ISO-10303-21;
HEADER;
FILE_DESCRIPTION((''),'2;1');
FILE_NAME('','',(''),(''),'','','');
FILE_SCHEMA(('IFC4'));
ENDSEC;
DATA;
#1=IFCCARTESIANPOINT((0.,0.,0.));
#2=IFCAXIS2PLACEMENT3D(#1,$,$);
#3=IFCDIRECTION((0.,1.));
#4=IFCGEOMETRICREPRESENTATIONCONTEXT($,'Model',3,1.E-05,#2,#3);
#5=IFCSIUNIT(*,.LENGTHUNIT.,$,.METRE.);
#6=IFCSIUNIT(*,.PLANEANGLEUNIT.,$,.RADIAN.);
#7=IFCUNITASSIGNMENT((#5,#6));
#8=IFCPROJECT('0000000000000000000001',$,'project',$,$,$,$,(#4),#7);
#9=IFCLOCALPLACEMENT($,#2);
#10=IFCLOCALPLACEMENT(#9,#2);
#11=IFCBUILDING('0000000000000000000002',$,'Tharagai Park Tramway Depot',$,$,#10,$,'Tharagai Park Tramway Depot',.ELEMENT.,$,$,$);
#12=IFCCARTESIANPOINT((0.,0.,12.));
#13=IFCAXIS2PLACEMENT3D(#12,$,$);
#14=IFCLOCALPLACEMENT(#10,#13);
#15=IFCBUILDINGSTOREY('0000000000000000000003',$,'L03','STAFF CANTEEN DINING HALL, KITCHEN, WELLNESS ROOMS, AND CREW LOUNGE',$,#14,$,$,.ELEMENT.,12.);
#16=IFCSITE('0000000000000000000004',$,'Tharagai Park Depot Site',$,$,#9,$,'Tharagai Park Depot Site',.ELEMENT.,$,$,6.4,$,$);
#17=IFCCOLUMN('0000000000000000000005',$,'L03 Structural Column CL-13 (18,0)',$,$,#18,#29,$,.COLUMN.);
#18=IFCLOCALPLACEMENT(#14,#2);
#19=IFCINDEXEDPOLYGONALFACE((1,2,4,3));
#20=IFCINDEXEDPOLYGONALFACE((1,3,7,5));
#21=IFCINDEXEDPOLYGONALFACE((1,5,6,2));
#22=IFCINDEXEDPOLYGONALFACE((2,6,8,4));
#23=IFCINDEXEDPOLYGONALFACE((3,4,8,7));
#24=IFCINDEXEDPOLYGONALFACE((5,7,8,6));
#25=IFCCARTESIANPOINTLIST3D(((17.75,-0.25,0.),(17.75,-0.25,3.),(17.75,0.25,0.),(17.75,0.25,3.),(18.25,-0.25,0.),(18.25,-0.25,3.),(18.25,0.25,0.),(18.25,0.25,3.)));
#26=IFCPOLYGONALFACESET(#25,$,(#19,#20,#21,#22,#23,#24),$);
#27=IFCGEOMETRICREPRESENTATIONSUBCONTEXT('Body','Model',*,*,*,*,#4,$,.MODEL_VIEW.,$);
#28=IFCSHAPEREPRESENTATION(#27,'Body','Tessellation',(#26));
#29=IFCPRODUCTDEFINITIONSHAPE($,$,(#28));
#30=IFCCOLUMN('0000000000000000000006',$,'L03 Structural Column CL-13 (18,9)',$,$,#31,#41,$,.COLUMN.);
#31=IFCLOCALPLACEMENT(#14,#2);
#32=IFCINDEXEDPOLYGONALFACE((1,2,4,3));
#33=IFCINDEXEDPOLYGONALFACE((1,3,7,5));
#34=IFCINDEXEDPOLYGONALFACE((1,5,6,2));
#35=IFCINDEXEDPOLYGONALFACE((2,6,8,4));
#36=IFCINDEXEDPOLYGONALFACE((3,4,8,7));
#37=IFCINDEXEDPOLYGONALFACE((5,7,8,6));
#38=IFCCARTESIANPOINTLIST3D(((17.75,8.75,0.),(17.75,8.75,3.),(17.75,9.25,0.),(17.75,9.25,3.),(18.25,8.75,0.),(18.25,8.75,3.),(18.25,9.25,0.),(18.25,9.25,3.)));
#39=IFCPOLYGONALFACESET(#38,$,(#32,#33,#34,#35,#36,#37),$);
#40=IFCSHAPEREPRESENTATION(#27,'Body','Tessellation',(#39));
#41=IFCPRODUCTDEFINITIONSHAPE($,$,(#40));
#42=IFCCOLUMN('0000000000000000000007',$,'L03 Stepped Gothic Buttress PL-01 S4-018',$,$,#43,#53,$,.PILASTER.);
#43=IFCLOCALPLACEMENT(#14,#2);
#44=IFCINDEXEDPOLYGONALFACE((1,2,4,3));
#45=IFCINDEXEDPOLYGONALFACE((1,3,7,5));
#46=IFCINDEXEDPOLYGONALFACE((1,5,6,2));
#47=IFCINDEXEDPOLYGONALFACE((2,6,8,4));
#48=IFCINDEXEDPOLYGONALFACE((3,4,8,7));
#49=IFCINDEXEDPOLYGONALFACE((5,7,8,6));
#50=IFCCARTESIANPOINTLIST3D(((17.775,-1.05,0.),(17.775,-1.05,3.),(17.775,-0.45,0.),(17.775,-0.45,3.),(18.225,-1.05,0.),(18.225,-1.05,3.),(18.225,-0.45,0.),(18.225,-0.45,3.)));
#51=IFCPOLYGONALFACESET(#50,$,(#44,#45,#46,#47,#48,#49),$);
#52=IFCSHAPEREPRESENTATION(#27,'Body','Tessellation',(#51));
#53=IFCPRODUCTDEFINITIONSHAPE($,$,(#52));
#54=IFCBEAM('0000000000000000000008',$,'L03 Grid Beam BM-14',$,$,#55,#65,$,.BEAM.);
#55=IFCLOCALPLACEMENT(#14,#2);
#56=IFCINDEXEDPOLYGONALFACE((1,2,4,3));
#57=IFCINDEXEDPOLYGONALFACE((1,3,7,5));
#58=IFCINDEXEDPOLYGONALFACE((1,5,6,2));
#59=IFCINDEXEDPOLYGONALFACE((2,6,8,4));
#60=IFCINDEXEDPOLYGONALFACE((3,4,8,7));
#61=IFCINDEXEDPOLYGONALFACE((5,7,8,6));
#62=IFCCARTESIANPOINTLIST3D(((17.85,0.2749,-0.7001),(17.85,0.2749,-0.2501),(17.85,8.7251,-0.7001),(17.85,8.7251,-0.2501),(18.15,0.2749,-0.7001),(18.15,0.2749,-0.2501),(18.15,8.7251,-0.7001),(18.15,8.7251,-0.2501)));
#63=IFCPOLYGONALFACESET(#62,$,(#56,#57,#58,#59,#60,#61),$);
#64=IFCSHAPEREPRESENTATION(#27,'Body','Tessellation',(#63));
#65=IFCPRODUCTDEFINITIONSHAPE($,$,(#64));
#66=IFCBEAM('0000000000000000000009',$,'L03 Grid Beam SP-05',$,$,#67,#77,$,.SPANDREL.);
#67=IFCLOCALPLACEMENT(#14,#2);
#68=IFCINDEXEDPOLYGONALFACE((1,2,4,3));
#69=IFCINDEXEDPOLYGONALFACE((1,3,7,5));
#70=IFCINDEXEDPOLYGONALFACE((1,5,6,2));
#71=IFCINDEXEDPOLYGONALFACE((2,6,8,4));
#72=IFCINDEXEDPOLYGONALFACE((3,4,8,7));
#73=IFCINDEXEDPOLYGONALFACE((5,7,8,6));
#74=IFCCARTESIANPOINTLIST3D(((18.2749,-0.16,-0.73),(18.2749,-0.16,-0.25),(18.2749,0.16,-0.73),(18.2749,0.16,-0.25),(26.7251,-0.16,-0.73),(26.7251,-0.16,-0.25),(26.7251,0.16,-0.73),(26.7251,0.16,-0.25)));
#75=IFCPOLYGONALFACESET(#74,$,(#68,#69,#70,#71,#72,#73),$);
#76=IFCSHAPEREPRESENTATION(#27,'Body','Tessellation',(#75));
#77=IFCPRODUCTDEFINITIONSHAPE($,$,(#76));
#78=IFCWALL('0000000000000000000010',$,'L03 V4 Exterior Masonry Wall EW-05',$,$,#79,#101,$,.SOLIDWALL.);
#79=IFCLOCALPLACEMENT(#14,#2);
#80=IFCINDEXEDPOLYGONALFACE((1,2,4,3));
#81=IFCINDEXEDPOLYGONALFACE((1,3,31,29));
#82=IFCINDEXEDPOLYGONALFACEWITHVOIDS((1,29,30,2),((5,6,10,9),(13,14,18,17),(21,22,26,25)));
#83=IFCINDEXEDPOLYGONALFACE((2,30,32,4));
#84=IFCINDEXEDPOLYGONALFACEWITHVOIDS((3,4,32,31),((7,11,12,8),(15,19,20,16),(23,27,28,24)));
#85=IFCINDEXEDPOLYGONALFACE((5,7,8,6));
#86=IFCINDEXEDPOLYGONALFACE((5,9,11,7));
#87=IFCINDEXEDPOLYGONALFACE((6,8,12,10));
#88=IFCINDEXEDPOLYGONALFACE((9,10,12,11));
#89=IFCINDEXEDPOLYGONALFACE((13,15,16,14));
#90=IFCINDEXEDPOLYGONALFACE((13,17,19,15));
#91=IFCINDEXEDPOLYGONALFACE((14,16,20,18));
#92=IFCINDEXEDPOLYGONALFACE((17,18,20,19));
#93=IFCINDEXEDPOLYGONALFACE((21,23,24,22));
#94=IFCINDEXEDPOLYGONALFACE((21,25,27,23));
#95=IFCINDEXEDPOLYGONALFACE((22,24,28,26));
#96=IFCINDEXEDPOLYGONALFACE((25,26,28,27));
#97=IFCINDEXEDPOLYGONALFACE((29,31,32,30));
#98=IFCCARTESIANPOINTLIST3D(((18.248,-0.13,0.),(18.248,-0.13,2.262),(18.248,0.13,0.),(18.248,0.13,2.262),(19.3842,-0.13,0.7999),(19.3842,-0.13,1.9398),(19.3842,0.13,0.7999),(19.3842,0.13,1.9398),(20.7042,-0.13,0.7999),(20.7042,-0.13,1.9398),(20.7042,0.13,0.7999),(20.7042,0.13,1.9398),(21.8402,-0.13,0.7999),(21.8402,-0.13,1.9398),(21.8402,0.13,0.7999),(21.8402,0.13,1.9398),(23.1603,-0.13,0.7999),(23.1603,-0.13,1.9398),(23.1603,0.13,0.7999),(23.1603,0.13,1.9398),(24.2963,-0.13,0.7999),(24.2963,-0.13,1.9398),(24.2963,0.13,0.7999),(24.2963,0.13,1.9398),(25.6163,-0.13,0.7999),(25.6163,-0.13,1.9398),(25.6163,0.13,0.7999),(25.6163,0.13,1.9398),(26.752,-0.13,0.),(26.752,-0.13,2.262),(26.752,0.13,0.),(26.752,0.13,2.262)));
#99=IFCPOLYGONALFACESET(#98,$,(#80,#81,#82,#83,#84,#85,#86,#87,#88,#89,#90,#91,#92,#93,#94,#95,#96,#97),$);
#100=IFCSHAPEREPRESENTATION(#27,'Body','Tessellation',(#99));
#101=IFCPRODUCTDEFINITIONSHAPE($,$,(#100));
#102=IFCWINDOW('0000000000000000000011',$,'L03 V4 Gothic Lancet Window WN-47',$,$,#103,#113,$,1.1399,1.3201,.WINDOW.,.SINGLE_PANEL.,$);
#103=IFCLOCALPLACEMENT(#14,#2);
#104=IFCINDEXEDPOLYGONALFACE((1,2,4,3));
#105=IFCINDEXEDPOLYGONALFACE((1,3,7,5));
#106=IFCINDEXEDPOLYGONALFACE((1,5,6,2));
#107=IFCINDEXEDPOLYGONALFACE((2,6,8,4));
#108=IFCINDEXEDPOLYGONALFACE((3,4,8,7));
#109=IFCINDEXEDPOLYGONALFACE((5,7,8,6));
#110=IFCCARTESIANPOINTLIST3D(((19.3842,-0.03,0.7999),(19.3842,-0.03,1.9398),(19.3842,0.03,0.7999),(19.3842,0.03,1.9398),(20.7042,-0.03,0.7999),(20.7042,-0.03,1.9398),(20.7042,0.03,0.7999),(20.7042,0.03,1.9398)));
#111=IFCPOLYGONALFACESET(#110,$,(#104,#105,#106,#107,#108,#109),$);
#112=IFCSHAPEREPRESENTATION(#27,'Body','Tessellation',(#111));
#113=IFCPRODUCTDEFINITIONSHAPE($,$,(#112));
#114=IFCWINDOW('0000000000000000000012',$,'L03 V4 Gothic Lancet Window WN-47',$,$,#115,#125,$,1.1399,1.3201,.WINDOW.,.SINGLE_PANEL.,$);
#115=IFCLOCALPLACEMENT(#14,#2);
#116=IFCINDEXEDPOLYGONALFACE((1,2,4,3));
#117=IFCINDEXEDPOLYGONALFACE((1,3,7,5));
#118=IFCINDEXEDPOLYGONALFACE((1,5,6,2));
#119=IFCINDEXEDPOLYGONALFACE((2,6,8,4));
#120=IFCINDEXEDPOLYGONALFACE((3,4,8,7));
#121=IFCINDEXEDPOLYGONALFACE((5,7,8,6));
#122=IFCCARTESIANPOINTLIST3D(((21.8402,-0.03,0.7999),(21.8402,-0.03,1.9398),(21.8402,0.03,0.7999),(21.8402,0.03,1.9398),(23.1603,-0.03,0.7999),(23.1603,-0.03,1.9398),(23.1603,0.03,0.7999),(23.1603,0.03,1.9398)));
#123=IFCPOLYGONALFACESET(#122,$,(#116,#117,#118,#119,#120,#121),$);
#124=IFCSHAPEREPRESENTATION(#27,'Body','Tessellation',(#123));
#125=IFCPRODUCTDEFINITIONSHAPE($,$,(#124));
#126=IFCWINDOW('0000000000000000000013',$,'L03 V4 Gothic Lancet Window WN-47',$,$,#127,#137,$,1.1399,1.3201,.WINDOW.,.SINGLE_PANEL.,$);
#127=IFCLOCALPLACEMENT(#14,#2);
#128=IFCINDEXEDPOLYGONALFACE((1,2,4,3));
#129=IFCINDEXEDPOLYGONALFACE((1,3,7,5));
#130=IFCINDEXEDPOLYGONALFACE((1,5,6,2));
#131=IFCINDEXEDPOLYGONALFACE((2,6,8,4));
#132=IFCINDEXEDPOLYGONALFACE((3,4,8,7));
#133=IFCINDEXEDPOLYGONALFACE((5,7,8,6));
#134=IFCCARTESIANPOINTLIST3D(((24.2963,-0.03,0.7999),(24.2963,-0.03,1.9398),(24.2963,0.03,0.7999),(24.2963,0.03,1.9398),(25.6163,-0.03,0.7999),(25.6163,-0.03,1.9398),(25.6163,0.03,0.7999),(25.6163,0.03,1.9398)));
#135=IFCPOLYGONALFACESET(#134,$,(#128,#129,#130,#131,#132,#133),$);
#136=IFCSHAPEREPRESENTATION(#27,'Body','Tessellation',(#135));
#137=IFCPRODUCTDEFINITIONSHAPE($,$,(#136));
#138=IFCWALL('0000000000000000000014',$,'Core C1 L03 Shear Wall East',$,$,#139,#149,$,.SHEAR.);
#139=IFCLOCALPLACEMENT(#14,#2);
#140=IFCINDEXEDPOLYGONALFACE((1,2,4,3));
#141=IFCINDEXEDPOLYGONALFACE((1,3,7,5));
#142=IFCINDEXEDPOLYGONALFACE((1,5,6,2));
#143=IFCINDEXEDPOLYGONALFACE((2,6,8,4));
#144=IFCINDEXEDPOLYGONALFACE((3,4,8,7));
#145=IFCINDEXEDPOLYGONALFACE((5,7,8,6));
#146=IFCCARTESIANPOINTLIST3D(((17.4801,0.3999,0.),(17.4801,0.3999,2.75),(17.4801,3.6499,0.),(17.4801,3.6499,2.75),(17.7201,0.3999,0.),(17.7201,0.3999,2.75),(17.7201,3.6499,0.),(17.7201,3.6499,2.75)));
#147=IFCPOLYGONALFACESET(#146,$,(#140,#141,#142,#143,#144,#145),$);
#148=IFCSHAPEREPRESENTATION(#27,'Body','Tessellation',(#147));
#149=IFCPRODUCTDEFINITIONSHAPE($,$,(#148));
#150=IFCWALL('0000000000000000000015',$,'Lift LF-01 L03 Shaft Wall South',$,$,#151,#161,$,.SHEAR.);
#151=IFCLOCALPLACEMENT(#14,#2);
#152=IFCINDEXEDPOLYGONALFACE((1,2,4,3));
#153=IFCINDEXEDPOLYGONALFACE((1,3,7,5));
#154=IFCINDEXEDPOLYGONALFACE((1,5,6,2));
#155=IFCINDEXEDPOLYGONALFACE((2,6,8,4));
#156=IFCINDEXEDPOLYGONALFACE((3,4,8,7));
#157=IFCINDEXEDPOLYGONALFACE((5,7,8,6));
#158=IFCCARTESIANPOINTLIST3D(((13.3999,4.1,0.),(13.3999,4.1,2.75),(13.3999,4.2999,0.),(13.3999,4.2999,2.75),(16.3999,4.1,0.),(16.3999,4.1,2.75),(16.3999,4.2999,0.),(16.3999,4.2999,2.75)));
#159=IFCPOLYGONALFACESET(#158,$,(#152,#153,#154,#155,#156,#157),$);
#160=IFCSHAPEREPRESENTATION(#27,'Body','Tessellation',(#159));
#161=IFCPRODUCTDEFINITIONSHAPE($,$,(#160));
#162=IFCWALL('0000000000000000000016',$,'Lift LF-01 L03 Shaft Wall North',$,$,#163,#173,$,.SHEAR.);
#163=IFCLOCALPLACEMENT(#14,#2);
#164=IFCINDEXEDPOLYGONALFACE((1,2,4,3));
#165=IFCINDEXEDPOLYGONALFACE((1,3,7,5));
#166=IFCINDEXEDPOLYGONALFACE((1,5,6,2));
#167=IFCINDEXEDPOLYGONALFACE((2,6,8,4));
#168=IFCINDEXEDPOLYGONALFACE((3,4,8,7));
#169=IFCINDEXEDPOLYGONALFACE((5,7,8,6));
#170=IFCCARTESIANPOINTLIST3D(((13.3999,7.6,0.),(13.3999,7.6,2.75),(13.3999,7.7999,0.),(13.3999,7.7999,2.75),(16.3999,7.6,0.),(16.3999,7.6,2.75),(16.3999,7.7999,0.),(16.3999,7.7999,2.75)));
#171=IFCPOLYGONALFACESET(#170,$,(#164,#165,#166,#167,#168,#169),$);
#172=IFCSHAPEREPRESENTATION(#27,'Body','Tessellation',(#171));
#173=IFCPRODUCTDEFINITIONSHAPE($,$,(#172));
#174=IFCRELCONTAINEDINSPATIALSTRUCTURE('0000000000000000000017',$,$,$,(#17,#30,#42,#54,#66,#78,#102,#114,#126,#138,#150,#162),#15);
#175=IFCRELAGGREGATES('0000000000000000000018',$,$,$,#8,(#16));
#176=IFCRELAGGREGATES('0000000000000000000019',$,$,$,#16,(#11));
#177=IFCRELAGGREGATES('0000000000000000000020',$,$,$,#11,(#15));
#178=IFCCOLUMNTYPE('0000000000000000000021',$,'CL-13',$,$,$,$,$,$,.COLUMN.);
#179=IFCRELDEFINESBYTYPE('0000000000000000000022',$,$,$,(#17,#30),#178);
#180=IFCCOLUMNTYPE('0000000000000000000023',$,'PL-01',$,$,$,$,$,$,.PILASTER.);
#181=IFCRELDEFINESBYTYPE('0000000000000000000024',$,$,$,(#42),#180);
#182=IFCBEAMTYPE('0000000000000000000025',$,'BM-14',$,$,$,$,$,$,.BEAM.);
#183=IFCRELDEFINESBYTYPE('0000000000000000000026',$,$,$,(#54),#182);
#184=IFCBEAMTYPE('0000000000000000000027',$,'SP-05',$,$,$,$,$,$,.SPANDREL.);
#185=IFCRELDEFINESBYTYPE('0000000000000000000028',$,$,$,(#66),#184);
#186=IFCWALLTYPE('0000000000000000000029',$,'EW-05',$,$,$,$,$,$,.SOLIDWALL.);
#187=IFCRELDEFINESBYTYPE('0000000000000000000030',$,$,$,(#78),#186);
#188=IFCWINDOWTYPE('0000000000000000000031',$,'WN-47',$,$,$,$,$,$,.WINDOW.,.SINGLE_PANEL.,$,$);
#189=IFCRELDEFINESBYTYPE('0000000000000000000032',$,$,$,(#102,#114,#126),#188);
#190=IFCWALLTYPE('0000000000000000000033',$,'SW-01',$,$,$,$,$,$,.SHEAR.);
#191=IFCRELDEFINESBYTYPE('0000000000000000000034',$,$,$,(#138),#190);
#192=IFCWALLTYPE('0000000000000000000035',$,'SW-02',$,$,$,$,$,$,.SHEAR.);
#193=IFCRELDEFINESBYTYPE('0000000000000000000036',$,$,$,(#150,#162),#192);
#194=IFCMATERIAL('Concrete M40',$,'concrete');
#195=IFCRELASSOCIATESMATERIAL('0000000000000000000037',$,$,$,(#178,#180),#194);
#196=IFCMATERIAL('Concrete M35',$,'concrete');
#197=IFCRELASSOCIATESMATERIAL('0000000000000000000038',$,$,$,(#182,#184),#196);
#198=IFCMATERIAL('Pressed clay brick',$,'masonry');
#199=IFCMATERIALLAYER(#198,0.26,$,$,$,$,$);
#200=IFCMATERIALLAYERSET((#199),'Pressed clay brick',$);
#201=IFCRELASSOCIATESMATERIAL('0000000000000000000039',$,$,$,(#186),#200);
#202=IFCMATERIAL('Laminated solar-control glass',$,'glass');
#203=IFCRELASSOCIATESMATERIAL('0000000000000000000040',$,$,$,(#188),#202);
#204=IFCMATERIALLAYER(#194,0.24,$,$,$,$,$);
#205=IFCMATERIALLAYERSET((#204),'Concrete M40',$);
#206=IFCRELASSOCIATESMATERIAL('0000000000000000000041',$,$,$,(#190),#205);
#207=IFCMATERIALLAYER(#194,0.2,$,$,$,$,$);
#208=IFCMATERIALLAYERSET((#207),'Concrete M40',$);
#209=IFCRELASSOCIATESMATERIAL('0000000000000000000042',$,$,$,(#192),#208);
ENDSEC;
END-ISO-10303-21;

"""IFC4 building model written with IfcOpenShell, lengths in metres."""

from ifc_helpers import new_model, si_unit, direction, frame, frame_2d, origin, origin_2d, place, context, subcontext, project, spatial, rectangle, extrude, material, layer, layer_set, material_profile, profile_set, type_object, element, fill, save


model = new_model("IFC4")

# Units and contexts
model_context = context("Model", 3, precision=1e-05, world=origin(), true_north=direction((0.0, 1.0)))
body_context = subcontext(model_context, "Body", "Model", "MODEL_VIEW")
ifc_project = project(units=[si_unit("LENGTHUNIT", "METRE"), si_unit("PLANEANGLEUNIT", "RADIAN")], contexts=[model_context])

# Site, building, storey
site_placement = place(None, origin())
site = spatial("IfcSite", under=ifc_project, at=site_placement, Name="Tharagai Park Depot Site", LongName="Tharagai Park Depot Site", CompositionType="ELEMENT", RefElevation=6.4)
building_placement = place(site_placement, origin())
building = spatial("IfcBuilding", under=site, at=building_placement, Name="Tharagai Park Tramway Depot", LongName="Tharagai Park Tramway Depot", CompositionType="ELEMENT")
storey_placement = place(building_placement, frame((0.0, 0.0, 12.0)))
storey = spatial("IfcBuildingStorey", under=building, at=storey_placement, Name="L03", Description="STAFF CANTEEN DINING HALL, KITCHEN, WELLNESS ROOMS, AND CREW LOUNGE", CompositionType="ELEMENT", Elevation=12.0)

# Columns
ifc_material_1 = material(Name="Concrete M40", Category="concrete")
ifc_material_profile_1 = material_profile(ifc_material_1, rectangle(XDim=0.5, YDim=0.5, at=origin_2d()), Name="RC 500x500")
ifc_profile_set_1 = profile_set([ifc_material_profile_1], Name="Concrete M40")
column_type_1 = type_object("IfcColumnType", Name="CL-13", PredefinedType="COLUMN", material=ifc_profile_set_1)
for number, where, z_axis, x_axis, name in (
    (1, (18.0, 0.0, 0.0), (0.0, 0.0, 1.0), (1.0, 0.0, 0.0), "L03 Structural Column CL-13 (18,0)"),
    (2, (18.0, 9.0, 0.0), (0.0, 0.0, 1.0), (1.0, 0.0, 0.0), "L03 Structural Column CL-13 (18,9)"),
):
    element("IfcColumn", number, at=place(storey_placement, frame(where, z_axis=z_axis, x_axis=x_axis)), inside=storey, type_object=column_type_1, Name=name, PredefinedType="COLUMN", context=body_context, shape_type="SweptSolid", body=[
        extrude(rectangle(XDim=0.5, YDim=0.5, at=origin_2d()), origin(), (0.0, 0.0, 1.0), 3.0),
    ])
ifc_material_profile_2 = material_profile(ifc_material_1, rectangle(XDim=0.45, YDim=0.6001, at=origin_2d()), Name="RC 450x600")
ifc_profile_set_2 = profile_set([ifc_material_profile_2], Name="Concrete M40")
column_type_2 = type_object("IfcColumnType", Name="PL-01", PredefinedType="PILASTER", material=ifc_profile_set_2)
column_placement = place(storey_placement, frame((18.0, -0.75, 0.0), z_axis=(0.0, 0.0, 1.0), x_axis=(1.0, 0.0, 0.0)))
element("IfcColumn", 3, at=column_placement, inside=storey, type_object=column_type_2, Name="L03 Stepped Gothic Buttress PL-01 S4-018", PredefinedType="PILASTER", context=body_context, shape_type="SweptSolid", body=[
    extrude(rectangle(XDim=0.45, YDim=0.6001, at=origin_2d()), origin(), (0.0, 0.0, 1.0), 3.0),
])

# Beams
ifc_material_2 = material(Name="Concrete M35", Category="concrete")
ifc_material_profile_3 = material_profile(ifc_material_2, rectangle(XDim=0.3, YDim=0.45, at=origin_2d()), Name="RC 300x450")
ifc_profile_set_3 = profile_set([ifc_material_profile_3], Name="Concrete M35")
beam_type_1 = type_object("IfcBeamType", Name="BM-14", PredefinedType="BEAM", material=ifc_profile_set_3)
beam_1_placement = place(storey_placement, frame((18.0, 0.2749, -0.4751), z_axis=(0.0, 1.0, 0.0), x_axis=(-1.0, 0.0, 0.0)))
element("IfcBeam", 4, at=beam_1_placement, inside=storey, type_object=beam_type_1, Name="L03 Grid Beam BM-14", PredefinedType="BEAM", context=body_context, shape_type="SweptSolid", body=[
    extrude(rectangle(XDim=0.3, YDim=0.45, at=origin_2d()), origin(), (0.0, 0.0, 1.0), 8.4502),
])
ifc_material_profile_4 = material_profile(ifc_material_2, rectangle(XDim=0.3201, YDim=0.48, at=origin_2d()), Name="RC 320x480")
ifc_profile_set_4 = profile_set([ifc_material_profile_4], Name="Concrete M35")
beam_type_2 = type_object("IfcBeamType", Name="SP-05", PredefinedType="SPANDREL", material=ifc_profile_set_4)
beam_2_placement = place(storey_placement, frame((18.2749, 0.0, -0.49), z_axis=(1.0, 0.0, 0.0), x_axis=(0.0, 1.0, 0.0)))
element("IfcBeam", 5, at=beam_2_placement, inside=storey, type_object=beam_type_2, Name="L03 Grid Beam SP-05", PredefinedType="SPANDREL", context=body_context, shape_type="SweptSolid", body=[
    extrude(rectangle(XDim=0.3201, YDim=0.48, at=origin_2d()), origin(), (0.0, 0.0, 1.0), 8.4502),
])

# Wall, openings, windows
ifc_material_3 = material(Name="Pressed clay brick", Category="masonry")
ifc_layer_1 = layer(ifc_material_3, 0.26)
ifc_layer_set_1 = layer_set([ifc_layer_1], Name="Pressed clay brick")
wall_type_1 = type_object("IfcWallType", Name="EW-05", PredefinedType="SOLIDWALL", material=ifc_layer_set_1)
wall_1_placement = place(storey_placement, frame((18.248, 0.0, 0.0), z_axis=(0.0, 0.0, 1.0), x_axis=(1.0, 0.0, 0.0)))
wall_1 = element("IfcWall", 6, at=wall_1_placement, inside=storey, type_object=wall_type_1, Name="L03 V4 Exterior Masonry Wall EW-05", PredefinedType="SOLIDWALL", context=body_context, shape_type="SweptSolid", body=[
    extrude(rectangle(XDim=8.5039, YDim=0.26, at=frame_2d((4.252, 0.0))), origin(), (0.0, 0.0, 1.0), 2.262),
])
opening_1_placement = place(wall_1_placement, frame((1.136, 0.0, 0.8)))
opening_1 = element("IfcOpeningElement", 7, at=opening_1_placement, cuts=wall_1, PredefinedType="OPENING", context=body_context, shape_type="SweptSolid", body=[
    extrude(rectangle(XDim=1.3201, YDim=1.1399, at=frame_2d((0.6602, 0.5698))), frame((0.0, 0.1399, 0.0), z_axis=(0.0, -1.0, 0.0), x_axis=(1.0, 0.0, 0.0)), (0.0, 0.0, 1.0), 0.28),
])
opening_2_placement = place(wall_1_placement, frame((3.592, 0.0, 0.8)))
opening_2 = element("IfcOpeningElement", 8, at=opening_2_placement, cuts=wall_1, PredefinedType="OPENING", context=body_context, shape_type="SweptSolid", body=[
    extrude(rectangle(XDim=1.3201, YDim=1.1399, at=frame_2d((0.6602, 0.5698))), frame((0.0, 0.1399, 0.0), z_axis=(0.0, -1.0, 0.0), x_axis=(1.0, 0.0, 0.0)), (0.0, 0.0, 1.0), 0.28),
])
opening_3_placement = place(wall_1_placement, frame((6.0481, 0.0, 0.8)))
opening_3 = element("IfcOpeningElement", 9, at=opening_3_placement, cuts=wall_1, PredefinedType="OPENING", context=body_context, shape_type="SweptSolid", body=[
    extrude(rectangle(XDim=1.3201, YDim=1.1399, at=frame_2d((0.6602, 0.5698))), frame((0.0, 0.1399, 0.0), z_axis=(0.0, -1.0, 0.0), x_axis=(1.0, 0.0, 0.0)), (0.0, 0.0, 1.0), 0.28),
])
ifc_material_4 = material(Name="Laminated solar-control glass", Category="glass")
window_type = type_object("IfcWindowType", Name="WN-47", PartitioningType="SINGLE_PANEL", PredefinedType="WINDOW", material=ifc_material_4)
window_1_placement = place(opening_1_placement, origin())
window_1 = element("IfcWindow", 10, at=window_1_placement, inside=storey, type_object=window_type, Name="L03 V4 Gothic Lancet Window WN-47", OverallHeight=1.1399, OverallWidth=1.3201, PartitioningType="SINGLE_PANEL", PredefinedType="WINDOW", context=body_context, shape_type="SweptSolid", body=[
    extrude(rectangle(XDim=1.3201, YDim=1.1399, at=frame_2d((0.6602, 0.5698))), frame((0.0, 0.03, 0.0), z_axis=(0.0, -1.0, 0.0), x_axis=(1.0, 0.0, 0.0)), (0.0, 0.0, 1.0), 0.0601),
])
fill(opening_1, window_1)
window_2_placement = place(opening_2_placement, origin())
window_2 = element("IfcWindow", 11, at=window_2_placement, inside=storey, type_object=window_type, Name="L03 V4 Gothic Lancet Window WN-47", OverallHeight=1.1399, OverallWidth=1.3201, PartitioningType="SINGLE_PANEL", PredefinedType="WINDOW", context=body_context, shape_type="SweptSolid", body=[
    extrude(rectangle(XDim=1.3201, YDim=1.1399, at=frame_2d((0.6602, 0.5698))), frame((0.0, 0.03, 0.0), z_axis=(0.0, -1.0, 0.0), x_axis=(1.0, 0.0, 0.0)), (0.0, 0.0, 1.0), 0.0601),
])
fill(opening_2, window_2)
window_3_placement = place(opening_3_placement, origin())
window_3 = element("IfcWindow", 12, at=window_3_placement, inside=storey, type_object=window_type, Name="L03 V4 Gothic Lancet Window WN-47", OverallHeight=1.1399, OverallWidth=1.3201, PartitioningType="SINGLE_PANEL", PredefinedType="WINDOW", context=body_context, shape_type="SweptSolid", body=[
    extrude(rectangle(XDim=1.3201, YDim=1.1399, at=frame_2d((0.6602, 0.5698))), frame((0.0, 0.03, 0.0), z_axis=(0.0, -1.0, 0.0), x_axis=(1.0, 0.0, 0.0)), (0.0, 0.0, 1.0), 0.0601),
])
fill(opening_3, window_3)

# Walls
ifc_layer_2 = layer(ifc_material_1, 0.24)
ifc_layer_set_2 = layer_set([ifc_layer_2], Name="Concrete M40")
wall_type_2 = type_object("IfcWallType", Name="SW-01", PredefinedType="SHEAR", material=ifc_layer_set_2)
wall_2_placement = place(storey_placement, frame((17.6001, 0.3999, 0.0), z_axis=(0.0, 0.0, 1.0), x_axis=(0.0, 1.0, 0.0)))
element("IfcWall", 13, at=wall_2_placement, inside=storey, type_object=wall_type_2, Name="Core C1 L03 Shear Wall East", PredefinedType="SHEAR", context=body_context, shape_type="SweptSolid", body=[
    extrude(rectangle(XDim=3.25, YDim=0.24, at=frame_2d((1.625, 0.0))), origin(), (0.0, 0.0, 1.0), 2.75),
])
ifc_layer_3 = layer(ifc_material_1, 0.2)
ifc_layer_set_3 = layer_set([ifc_layer_3], Name="Concrete M40")
wall_type_3 = type_object("IfcWallType", Name="SW-02", PredefinedType="SHEAR", material=ifc_layer_set_3)
for number, where, z_axis, x_axis, name in (
    (14, (13.3999, 4.2, 0.0), (0.0, 0.0, 1.0), (1.0, 0.0, 0.0), "Lift LF-01 L03 Shaft Wall South"),
    (15, (13.3999, 7.7, 0.0), (0.0, 0.0, 1.0), (1.0, 0.0, 0.0), "Lift LF-01 L03 Shaft Wall North"),
):
    element("IfcWall", number, at=place(storey_placement, frame(where, z_axis=z_axis, x_axis=x_axis)), inside=storey, type_object=wall_type_3, Name=name, PredefinedType="SHEAR", context=body_context, shape_type="SweptSolid", body=[
        extrude(rectangle(XDim=3.0, YDim=0.2, at=frame_2d((1.5, 0.0))), origin(), (0.0, 0.0, 1.0), 2.75),
    ])

save(model, "model.ifc")
